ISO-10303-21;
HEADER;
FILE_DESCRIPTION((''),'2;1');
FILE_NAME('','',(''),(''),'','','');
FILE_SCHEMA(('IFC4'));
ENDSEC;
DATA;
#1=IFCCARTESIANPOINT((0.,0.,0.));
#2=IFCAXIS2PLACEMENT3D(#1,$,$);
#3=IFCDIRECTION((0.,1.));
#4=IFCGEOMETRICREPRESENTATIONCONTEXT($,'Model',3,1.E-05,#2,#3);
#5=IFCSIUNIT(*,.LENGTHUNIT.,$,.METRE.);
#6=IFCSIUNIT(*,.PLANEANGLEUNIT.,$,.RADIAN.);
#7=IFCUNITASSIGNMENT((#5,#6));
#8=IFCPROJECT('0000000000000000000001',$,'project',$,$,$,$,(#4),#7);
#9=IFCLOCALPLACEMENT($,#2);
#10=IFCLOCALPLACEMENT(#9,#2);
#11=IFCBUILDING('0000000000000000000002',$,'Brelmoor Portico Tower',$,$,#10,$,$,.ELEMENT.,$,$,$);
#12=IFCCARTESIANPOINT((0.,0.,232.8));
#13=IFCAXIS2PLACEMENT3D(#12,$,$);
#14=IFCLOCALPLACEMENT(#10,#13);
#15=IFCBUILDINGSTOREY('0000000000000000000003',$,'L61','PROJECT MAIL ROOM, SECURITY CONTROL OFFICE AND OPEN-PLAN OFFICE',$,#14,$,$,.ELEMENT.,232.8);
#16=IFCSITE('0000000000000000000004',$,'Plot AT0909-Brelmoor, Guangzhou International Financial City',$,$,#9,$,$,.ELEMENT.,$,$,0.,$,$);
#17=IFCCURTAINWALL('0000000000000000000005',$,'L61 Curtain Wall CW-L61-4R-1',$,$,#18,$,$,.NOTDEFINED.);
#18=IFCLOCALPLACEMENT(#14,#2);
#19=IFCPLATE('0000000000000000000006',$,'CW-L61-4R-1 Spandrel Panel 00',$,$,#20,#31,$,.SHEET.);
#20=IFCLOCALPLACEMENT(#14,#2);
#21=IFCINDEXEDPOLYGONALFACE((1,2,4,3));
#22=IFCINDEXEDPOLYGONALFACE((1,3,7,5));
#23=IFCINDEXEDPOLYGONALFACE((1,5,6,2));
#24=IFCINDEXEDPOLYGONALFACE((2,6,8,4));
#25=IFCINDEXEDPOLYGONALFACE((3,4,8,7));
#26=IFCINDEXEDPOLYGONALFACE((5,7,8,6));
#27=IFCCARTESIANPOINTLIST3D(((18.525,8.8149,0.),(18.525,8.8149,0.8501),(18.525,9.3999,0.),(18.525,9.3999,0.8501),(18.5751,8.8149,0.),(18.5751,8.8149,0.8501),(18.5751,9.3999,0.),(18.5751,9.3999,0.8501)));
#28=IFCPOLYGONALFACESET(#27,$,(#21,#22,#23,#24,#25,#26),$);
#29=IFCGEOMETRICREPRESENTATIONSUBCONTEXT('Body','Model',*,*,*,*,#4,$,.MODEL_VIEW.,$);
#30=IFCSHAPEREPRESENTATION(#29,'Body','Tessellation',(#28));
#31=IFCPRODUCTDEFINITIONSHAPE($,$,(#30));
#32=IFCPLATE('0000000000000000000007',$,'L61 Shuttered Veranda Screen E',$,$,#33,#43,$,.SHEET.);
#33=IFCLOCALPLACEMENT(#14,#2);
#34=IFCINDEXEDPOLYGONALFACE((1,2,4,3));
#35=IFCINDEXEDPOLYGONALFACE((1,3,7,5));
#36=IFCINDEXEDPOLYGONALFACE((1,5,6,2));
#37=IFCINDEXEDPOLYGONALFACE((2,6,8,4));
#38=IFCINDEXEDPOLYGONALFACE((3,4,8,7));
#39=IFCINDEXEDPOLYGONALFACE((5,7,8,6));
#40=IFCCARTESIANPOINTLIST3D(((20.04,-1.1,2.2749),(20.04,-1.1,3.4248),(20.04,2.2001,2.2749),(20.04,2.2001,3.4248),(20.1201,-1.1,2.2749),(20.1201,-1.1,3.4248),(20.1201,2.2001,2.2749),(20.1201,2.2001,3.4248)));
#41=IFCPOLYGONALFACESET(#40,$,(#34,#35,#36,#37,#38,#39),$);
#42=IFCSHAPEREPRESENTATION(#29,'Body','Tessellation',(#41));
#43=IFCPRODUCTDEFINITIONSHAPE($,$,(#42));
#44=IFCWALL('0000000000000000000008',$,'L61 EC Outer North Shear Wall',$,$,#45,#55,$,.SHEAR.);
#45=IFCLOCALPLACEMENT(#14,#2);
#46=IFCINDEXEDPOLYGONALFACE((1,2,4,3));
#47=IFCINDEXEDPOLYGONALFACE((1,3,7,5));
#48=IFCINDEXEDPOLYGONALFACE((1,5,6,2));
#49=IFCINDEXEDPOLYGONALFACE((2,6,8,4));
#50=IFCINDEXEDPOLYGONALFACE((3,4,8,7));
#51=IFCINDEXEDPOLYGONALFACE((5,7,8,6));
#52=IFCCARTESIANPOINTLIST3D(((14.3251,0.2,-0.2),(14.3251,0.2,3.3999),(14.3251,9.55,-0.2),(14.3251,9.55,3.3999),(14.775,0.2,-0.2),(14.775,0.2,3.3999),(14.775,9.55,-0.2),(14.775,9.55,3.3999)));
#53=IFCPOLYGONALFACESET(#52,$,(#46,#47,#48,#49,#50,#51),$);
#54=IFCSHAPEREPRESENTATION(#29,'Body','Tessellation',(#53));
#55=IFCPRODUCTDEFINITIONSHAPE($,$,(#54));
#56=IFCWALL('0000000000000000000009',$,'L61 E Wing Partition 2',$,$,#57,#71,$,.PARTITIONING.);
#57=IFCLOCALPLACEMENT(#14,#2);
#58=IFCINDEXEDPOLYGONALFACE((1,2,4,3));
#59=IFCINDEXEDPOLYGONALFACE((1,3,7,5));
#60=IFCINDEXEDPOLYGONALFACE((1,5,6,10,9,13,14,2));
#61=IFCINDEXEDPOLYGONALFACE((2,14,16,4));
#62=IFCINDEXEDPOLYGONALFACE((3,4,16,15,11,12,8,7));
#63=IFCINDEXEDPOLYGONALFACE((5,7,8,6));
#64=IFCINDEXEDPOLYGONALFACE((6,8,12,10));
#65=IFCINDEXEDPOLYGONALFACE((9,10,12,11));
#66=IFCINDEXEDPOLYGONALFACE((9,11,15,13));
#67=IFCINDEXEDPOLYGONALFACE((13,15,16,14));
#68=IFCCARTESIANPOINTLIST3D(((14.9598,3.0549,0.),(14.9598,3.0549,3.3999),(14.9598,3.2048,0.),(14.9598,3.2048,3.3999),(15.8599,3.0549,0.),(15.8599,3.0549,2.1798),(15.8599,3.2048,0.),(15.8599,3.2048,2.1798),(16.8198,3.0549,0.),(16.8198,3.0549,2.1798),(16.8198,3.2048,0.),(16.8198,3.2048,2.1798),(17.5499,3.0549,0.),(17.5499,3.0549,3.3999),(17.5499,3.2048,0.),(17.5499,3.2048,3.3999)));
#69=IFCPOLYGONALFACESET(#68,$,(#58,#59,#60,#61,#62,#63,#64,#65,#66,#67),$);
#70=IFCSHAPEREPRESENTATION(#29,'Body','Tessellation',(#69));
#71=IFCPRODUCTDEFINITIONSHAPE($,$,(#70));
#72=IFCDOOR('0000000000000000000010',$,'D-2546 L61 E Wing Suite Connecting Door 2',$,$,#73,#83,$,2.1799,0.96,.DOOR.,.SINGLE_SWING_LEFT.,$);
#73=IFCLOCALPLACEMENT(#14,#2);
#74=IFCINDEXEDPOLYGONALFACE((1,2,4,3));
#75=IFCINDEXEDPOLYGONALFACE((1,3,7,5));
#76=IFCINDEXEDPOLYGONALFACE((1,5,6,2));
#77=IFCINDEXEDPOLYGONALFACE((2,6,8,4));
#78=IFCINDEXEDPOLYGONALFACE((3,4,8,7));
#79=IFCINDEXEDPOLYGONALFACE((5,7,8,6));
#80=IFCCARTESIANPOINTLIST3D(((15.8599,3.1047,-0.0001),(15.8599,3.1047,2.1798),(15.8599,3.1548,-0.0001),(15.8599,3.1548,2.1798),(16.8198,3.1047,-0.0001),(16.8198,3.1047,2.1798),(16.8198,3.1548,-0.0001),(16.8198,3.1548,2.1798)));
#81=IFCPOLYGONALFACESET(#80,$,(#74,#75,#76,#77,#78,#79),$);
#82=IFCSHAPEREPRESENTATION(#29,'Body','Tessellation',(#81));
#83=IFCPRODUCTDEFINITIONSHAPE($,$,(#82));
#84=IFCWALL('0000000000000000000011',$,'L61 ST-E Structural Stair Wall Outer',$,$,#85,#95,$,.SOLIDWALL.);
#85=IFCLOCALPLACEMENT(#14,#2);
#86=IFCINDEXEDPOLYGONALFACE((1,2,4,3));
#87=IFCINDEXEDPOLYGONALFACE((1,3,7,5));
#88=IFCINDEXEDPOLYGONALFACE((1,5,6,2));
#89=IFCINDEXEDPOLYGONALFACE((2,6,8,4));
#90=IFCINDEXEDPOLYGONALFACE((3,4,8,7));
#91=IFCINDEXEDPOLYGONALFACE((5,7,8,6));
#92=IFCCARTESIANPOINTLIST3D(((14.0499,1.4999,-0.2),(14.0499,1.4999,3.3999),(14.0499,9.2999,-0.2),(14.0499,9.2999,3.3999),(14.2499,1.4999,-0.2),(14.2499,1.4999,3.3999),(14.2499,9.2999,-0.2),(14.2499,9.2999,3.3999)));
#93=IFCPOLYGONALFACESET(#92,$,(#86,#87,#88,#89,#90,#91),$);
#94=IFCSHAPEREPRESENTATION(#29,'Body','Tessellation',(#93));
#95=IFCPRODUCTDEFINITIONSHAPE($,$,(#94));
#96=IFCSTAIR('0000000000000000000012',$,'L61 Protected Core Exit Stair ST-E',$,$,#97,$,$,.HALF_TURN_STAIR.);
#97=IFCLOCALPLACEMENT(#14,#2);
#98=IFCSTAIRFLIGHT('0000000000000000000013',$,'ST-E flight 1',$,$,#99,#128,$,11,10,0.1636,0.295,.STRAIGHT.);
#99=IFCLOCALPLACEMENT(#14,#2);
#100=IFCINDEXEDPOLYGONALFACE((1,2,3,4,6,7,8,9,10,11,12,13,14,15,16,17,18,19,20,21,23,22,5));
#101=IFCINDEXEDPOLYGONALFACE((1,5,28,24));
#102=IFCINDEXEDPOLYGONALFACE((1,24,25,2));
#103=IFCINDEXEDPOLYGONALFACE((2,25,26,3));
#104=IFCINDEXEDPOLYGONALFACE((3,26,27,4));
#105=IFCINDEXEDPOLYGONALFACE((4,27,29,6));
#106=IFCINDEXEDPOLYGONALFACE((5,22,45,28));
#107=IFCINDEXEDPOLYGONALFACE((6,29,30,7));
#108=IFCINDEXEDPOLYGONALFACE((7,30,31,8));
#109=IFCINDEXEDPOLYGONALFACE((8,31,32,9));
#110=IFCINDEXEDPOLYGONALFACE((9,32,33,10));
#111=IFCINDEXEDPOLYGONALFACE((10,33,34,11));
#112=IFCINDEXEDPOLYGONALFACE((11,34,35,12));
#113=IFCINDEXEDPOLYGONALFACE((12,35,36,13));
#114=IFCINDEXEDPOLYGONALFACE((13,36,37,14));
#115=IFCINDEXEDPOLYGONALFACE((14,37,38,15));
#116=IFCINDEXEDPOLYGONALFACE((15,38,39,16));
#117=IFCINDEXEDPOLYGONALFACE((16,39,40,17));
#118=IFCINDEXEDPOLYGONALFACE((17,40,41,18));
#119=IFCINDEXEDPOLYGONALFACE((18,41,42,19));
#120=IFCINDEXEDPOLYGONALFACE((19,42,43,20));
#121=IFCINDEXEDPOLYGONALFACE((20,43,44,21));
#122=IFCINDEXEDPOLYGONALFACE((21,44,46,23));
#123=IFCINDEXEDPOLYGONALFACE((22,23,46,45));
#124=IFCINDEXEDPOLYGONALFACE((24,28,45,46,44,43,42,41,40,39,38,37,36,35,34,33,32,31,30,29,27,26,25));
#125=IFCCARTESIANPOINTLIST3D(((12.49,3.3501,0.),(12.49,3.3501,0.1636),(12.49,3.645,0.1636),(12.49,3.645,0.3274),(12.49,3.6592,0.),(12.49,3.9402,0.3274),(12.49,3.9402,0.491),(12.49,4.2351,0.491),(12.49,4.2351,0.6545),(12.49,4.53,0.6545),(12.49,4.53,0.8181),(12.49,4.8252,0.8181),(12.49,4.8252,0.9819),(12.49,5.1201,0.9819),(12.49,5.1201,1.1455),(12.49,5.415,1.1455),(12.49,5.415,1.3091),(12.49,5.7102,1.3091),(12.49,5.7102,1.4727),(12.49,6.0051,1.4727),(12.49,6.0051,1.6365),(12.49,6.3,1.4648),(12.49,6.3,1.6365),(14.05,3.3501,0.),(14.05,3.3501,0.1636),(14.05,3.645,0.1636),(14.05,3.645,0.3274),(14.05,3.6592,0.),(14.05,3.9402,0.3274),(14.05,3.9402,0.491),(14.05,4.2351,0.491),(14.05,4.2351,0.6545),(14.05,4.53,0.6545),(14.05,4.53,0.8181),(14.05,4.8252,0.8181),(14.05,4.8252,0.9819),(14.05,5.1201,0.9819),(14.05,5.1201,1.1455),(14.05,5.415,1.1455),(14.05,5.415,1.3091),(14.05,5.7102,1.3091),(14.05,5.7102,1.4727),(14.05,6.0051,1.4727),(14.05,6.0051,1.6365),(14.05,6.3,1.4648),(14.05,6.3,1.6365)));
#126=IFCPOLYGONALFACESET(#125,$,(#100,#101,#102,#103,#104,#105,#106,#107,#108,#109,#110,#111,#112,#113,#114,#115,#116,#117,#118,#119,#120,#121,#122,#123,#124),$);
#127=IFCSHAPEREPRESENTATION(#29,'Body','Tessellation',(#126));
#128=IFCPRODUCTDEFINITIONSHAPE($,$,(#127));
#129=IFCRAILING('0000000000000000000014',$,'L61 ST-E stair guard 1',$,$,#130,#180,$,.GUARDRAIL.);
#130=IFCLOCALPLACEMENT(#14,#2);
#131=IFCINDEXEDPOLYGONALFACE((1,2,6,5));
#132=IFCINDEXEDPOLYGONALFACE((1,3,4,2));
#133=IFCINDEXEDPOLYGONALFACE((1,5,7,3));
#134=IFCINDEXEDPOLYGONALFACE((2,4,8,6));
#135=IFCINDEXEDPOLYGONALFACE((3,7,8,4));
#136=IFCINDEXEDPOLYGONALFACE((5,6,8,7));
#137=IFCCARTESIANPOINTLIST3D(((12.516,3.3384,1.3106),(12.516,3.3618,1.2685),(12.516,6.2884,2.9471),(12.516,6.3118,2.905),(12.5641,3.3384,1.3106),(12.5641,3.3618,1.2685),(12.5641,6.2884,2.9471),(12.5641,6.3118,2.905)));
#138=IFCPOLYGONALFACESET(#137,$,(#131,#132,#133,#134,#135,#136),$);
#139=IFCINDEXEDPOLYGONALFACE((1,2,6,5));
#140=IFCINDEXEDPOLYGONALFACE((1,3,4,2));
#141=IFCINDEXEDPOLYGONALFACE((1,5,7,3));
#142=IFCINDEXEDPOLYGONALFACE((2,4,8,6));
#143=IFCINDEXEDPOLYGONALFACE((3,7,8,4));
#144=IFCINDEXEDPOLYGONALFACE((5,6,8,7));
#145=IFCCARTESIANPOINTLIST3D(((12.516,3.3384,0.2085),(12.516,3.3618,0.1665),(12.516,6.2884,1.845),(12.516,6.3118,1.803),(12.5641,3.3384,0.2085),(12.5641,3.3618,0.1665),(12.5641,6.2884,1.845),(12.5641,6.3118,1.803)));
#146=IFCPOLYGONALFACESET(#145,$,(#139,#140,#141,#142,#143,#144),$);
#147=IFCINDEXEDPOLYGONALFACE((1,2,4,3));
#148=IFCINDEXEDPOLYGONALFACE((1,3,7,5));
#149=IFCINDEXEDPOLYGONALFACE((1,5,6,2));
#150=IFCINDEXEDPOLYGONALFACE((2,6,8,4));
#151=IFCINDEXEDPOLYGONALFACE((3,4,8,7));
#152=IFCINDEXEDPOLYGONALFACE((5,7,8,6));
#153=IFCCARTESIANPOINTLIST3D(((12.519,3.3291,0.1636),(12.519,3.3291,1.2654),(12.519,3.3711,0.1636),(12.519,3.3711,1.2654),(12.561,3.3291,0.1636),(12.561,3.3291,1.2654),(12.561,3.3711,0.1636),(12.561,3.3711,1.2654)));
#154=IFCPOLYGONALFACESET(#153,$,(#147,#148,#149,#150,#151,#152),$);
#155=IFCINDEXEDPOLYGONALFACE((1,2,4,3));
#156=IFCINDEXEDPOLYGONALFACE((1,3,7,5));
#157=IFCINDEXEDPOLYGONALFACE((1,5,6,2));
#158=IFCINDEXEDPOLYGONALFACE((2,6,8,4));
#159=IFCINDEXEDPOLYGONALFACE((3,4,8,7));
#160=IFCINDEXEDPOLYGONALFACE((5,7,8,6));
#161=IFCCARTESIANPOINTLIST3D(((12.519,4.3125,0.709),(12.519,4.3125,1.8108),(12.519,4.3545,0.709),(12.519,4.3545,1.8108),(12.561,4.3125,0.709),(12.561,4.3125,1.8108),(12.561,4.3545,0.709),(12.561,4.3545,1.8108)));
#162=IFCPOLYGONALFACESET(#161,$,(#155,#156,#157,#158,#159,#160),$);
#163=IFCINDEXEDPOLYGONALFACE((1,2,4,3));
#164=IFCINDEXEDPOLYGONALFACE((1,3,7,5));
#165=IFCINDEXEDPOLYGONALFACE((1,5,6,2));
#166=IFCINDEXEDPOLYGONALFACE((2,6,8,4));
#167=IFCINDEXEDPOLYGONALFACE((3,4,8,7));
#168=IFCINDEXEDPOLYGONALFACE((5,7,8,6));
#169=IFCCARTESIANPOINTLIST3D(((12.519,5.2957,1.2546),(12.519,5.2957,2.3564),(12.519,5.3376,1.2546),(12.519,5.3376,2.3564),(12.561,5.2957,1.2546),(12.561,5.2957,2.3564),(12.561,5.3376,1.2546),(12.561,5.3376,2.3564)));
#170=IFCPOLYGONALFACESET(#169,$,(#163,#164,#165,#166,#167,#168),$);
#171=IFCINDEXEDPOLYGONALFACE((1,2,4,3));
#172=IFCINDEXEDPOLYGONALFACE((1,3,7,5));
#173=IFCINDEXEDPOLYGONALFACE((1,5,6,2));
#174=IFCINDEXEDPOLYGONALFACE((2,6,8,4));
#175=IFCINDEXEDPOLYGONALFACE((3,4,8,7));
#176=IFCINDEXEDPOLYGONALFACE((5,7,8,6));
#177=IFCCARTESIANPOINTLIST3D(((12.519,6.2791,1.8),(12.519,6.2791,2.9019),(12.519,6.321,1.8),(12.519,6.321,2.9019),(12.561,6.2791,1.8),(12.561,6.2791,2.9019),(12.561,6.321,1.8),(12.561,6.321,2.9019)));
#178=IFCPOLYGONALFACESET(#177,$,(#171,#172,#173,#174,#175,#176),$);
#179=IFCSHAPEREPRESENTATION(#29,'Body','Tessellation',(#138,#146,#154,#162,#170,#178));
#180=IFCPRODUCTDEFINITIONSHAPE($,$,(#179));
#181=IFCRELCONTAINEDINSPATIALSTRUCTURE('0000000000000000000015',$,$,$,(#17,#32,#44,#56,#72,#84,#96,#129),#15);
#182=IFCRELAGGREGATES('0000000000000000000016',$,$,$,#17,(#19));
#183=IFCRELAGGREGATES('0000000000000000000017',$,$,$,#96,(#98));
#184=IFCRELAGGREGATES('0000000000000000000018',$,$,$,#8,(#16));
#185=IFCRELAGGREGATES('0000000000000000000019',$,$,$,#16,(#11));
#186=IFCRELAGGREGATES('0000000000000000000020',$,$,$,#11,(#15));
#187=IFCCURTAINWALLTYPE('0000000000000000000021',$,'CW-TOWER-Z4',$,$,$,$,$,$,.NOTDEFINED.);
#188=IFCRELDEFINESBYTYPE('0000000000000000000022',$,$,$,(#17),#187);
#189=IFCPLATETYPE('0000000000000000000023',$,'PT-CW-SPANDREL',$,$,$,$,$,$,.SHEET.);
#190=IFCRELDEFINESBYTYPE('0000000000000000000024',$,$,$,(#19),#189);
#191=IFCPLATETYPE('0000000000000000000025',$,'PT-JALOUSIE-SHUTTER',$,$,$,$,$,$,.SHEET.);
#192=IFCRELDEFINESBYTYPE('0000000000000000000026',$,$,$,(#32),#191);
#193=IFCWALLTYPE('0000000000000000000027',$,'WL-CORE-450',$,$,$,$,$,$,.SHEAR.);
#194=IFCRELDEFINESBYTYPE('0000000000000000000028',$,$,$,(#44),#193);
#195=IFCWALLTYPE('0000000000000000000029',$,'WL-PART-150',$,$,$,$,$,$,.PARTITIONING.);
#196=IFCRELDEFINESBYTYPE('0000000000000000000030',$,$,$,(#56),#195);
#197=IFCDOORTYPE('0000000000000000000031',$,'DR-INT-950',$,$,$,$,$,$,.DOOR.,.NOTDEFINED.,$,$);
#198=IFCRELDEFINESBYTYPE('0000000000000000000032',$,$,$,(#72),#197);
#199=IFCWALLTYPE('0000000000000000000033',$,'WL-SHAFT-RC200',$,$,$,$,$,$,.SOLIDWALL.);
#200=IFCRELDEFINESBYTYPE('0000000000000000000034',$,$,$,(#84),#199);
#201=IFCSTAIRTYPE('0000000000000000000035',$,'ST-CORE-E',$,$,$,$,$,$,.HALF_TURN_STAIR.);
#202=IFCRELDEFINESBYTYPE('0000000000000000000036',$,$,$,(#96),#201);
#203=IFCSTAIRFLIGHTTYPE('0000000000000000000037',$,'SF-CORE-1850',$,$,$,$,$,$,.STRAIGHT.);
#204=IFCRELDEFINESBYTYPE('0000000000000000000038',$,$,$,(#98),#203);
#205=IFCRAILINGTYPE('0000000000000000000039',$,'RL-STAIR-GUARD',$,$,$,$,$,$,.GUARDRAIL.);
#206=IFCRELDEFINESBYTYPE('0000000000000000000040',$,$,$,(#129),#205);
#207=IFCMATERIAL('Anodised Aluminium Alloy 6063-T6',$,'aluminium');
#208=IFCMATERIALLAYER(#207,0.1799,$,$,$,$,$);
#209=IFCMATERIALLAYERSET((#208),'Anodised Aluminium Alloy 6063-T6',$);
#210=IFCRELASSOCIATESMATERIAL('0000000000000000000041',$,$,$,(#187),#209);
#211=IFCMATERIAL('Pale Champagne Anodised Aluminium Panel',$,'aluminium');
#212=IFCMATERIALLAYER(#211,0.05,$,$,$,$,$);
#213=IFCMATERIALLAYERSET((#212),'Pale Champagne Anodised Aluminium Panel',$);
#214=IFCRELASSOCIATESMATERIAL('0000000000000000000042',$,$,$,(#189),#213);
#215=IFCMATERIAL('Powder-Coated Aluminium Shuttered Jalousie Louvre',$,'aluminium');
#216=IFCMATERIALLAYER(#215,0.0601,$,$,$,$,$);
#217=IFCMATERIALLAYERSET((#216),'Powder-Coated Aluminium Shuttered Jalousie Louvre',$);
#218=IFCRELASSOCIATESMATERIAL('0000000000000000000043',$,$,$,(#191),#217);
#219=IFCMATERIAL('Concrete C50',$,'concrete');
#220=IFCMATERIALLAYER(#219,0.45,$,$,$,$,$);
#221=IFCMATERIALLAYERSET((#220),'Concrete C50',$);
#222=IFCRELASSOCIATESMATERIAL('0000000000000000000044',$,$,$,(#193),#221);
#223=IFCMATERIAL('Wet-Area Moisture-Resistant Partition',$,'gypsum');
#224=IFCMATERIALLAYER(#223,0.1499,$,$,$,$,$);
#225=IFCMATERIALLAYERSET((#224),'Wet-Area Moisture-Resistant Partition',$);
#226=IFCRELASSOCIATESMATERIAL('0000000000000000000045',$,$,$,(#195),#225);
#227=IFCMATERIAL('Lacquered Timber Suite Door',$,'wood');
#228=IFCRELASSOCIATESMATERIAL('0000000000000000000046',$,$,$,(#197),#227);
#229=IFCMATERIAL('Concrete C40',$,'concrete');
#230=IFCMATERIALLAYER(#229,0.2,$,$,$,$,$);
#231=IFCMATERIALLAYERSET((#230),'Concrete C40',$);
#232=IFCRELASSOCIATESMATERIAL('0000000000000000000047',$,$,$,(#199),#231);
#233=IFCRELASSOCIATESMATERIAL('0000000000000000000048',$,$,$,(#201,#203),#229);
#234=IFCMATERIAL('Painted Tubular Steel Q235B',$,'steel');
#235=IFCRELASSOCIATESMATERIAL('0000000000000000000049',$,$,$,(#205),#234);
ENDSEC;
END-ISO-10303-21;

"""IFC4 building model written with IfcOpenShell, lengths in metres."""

from ifc_helpers import new_model, si_unit, direction, frame, frame_2d, origin, origin_2d, place, context, subcontext, project, spatial, polyline, rectangle, outline, extrude, material, layer, layer_set, type_object, element, fill, aggregate, save


model = new_model("IFC4")

# Units and contexts
model_context = context("Model", 3, precision=1e-05, world=origin(), true_north=direction((0.0, 1.0)))
body_context = subcontext(model_context, "Body", "Model", "MODEL_VIEW")
ifc_project = project(units=[si_unit("LENGTHUNIT", "METRE"), si_unit("PLANEANGLEUNIT", "RADIAN")], contexts=[model_context])

# Site, building, storey
site_placement = place(None, origin())
site = spatial("IfcSite", under=ifc_project, at=site_placement, Name="Plot AT0909-Brelmoor, Guangzhou International Financial City", CompositionType="ELEMENT", RefElevation=0.0)
building_placement = place(site_placement, origin())
building = spatial("IfcBuilding", under=site, at=building_placement, Name="Brelmoor Portico Tower", CompositionType="ELEMENT")
storey_placement = place(building_placement, frame((0.0, 0.0, 232.8)))
storey = spatial("IfcBuildingStorey", under=building, at=storey_placement, Name="L61", Description="PROJECT MAIL ROOM, SECURITY CONTROL OFFICE AND OPEN-PLAN OFFICE", CompositionType="ELEMENT", Elevation=232.8)

# Curtain wall
ifc_material_1 = material(Name="Anodised Aluminium Alloy 6063-T6", Category="aluminium")
ifc_layer_1 = layer(ifc_material_1, 0.1799)
ifc_layer_set_1 = layer_set([ifc_layer_1], Name="Anodised Aluminium Alloy 6063-T6")
curtain_wall_type = type_object("IfcCurtainWallType", Name="CW-TOWER-Z4", PredefinedType="NOTDEFINED", material=ifc_layer_set_1)
curtain_wall_placement = place(storey_placement, origin())
curtain_wall = element("IfcCurtainWall", 1, at=curtain_wall_placement, inside=storey, type_object=curtain_wall_type, Name="L61 Curtain Wall CW-L61-4R-1", PredefinedType="NOTDEFINED")

# Plates
ifc_material_2 = material(Name="Pale Champagne Anodised Aluminium Panel", Category="aluminium")
ifc_layer_2 = layer(ifc_material_2, 0.05)
ifc_layer_set_2 = layer_set([ifc_layer_2], Name="Pale Champagne Anodised Aluminium Panel")
plate_type_1 = type_object("IfcPlateType", Name="PT-CW-SPANDREL", PredefinedType="SHEET", material=ifc_layer_set_2)
plate_1_placement = place(storey_placement, frame((18.55, 9.1074, 0.0), z_axis=(0.0, 0.0, 1.0), x_axis=(0.0, 1.0, 0.0)))
plate_1 = element("IfcPlate", 2, at=plate_1_placement, type_object=plate_type_1, Name="CW-L61-4R-1 Spandrel Panel 00", PredefinedType="SHEET", context=body_context, shape_type="SweptSolid", body=[
    extrude(rectangle(XDim=0.585, YDim=0.05, at=origin_2d()), origin(), (0.0, 0.0, 1.0), 0.8501),
])
aggregate(curtain_wall, [plate_1])
ifc_material_3 = material(Name="Powder-Coated Aluminium Shuttered Jalousie Louvre", Category="aluminium")
ifc_layer_3 = layer(ifc_material_3, 0.0601)
ifc_layer_set_3 = layer_set([ifc_layer_3], Name="Powder-Coated Aluminium Shuttered Jalousie Louvre")
plate_type_2 = type_object("IfcPlateType", Name="PT-JALOUSIE-SHUTTER", PredefinedType="SHEET", material=ifc_layer_set_3)
plate_2_placement = place(storey_placement, frame((20.0801, 0.55, 2.2749), z_axis=(0.0, 0.0, 1.0), x_axis=(0.0, 1.0, 0.0)))
element("IfcPlate", 3, at=plate_2_placement, inside=storey, type_object=plate_type_2, Name="L61 Shuttered Veranda Screen E", PredefinedType="SHEET", context=body_context, shape_type="SweptSolid", body=[
    extrude(rectangle(XDim=3.3, YDim=0.0801, at=origin_2d()), origin(), (0.0, 0.0, 1.0), 1.1499),
])

# Wall
ifc_material_4 = material(Name="Concrete C50", Category="concrete")
ifc_layer_4 = layer(ifc_material_4, 0.45)
ifc_layer_set_4 = layer_set([ifc_layer_4], Name="Concrete C50")
wall_type_1 = type_object("IfcWallType", Name="WL-CORE-450", PredefinedType="SHEAR", material=ifc_layer_set_4)
wall_1_placement = place(storey_placement, frame((14.55, 0.2, -0.2), z_axis=(0.0, 0.0, 1.0), x_axis=(0.0, 1.0, 0.0)))
element("IfcWall", 4, at=wall_1_placement, inside=storey, type_object=wall_type_1, Name="L61 EC Outer North Shear Wall", PredefinedType="SHEAR", context=body_context, shape_type="SweptSolid", body=[
    extrude(rectangle(XDim=9.3501, YDim=0.45, at=frame_2d((4.675, 0.0))), origin(), (0.0, 0.0, 1.0), 3.5999),
])

# Wall, opening, door
ifc_material_5 = material(Name="Wet-Area Moisture-Resistant Partition", Category="gypsum")
ifc_layer_5 = layer(ifc_material_5, 0.1499)
ifc_layer_set_5 = layer_set([ifc_layer_5], Name="Wet-Area Moisture-Resistant Partition")
wall_type_2 = type_object("IfcWallType", Name="WL-PART-150", PredefinedType="PARTITIONING", material=ifc_layer_set_5)
wall_2_placement = place(storey_placement, frame((14.96, 3.1299, 0.0), z_axis=(0.0, 0.0, 1.0), x_axis=(1.0, 0.0, 0.0)))
wall_2 = element("IfcWall", 5, at=wall_2_placement, inside=storey, type_object=wall_type_2, Name="L61 E Wing Partition 2", PredefinedType="PARTITIONING", context=body_context, shape_type="SweptSolid", body=[
    extrude(rectangle(XDim=2.5901, YDim=0.1499, at=frame_2d((1.2949, 0.0))), origin(), (0.0, 0.0, 1.0), 3.3999),
])
opening_placement = place(wall_2_placement, frame((0.8999, 0.0, 0.0)))
opening = element("IfcOpeningElement", 6, at=opening_placement, cuts=wall_2, PredefinedType="OPENING", context=body_context, shape_type="SweptSolid", body=[
    extrude(rectangle(XDim=0.96, YDim=2.1799, at=frame_2d((0.48, 1.0898))), frame((0.0, 0.085, 0.0), z_axis=(0.0, -1.0, 0.0), x_axis=(1.0, 0.0, 0.0)), (0.0, 0.0, 1.0), 0.1699),
])
ifc_material_6 = material(Name="Lacquered Timber Suite Door", Category="wood")
door_type = type_object("IfcDoorType", Name="DR-INT-950", OperationType="NOTDEFINED", PredefinedType="DOOR", material=ifc_material_6)
door_placement = place(opening_placement, origin())
door = element("IfcDoor", 7, at=door_placement, inside=storey, type_object=door_type, Name="D-2546 L61 E Wing Suite Connecting Door 2", OperationType="SINGLE_SWING_LEFT", OverallHeight=2.1799, OverallWidth=0.96, PredefinedType="DOOR", context=body_context, shape_type="SweptSolid", body=[
    extrude(rectangle(XDim=0.96, YDim=2.1799, at=frame_2d((0.48, 1.0898))), frame((0.0, 0.0249, 0.0), z_axis=(0.0, -1.0, 0.0), x_axis=(1.0, 0.0, 0.0)), (0.0, 0.0, 1.0), 0.05),
])
fill(opening, door)

# Wall
ifc_material_7 = material(Name="Concrete C40", Category="concrete")
ifc_layer_6 = layer(ifc_material_7, 0.2)
ifc_layer_set_6 = layer_set([ifc_layer_6], Name="Concrete C40")
wall_type_3 = type_object("IfcWallType", Name="WL-SHAFT-RC200", PredefinedType="SOLIDWALL", material=ifc_layer_set_6)
wall_3_placement = place(storey_placement, frame((14.1499, 1.5, -0.2), z_axis=(0.0, 0.0, 1.0), x_axis=(0.0, 1.0, 0.0)))
element("IfcWall", 8, at=wall_3_placement, inside=storey, type_object=wall_type_3, Name="L61 ST-E Structural Stair Wall Outer", PredefinedType="SOLIDWALL", context=body_context, shape_type="SweptSolid", body=[
    extrude(rectangle(XDim=7.8, YDim=0.2, at=frame_2d((3.8999, 0.0))), origin(), (0.0, 0.0, 1.0), 3.5999),
])

# Stair, stair flight
stair_type = type_object("IfcStairType", Name="ST-CORE-E", PredefinedType="HALF_TURN_STAIR", material=ifc_material_7)
stair_placement = place(storey_placement, origin())
stair = element("IfcStair", 9, at=stair_placement, inside=storey, type_object=stair_type, Name="L61 Protected Core Exit Stair ST-E", PredefinedType="HALF_TURN_STAIR")
stair_flight_type = type_object("IfcStairFlightType", Name="SF-CORE-1850", PredefinedType="STRAIGHT", material=ifc_material_7)
stair_flight_placement = place(storey_placement, frame((13.27, 3.3501, 0.0), z_axis=(0.0, 0.0, 1.0), x_axis=(0.0, 1.0, 0.0)))
stair_flight = element("IfcStairFlight", 10, at=stair_flight_placement, type_object=stair_flight_type, Name="ST-E flight 1", NumberOfRisers=11, NumberOfTreads=10, PredefinedType="STRAIGHT", RiserHeight=0.1636, TreadLength=0.295, context=body_context, shape_type="SweptSolid", body=[
    extrude(outline(polyline([(0.0, 0.0), (0.0, 0.1636), (0.2949, 0.1636), (0.2949, 0.3274), (0.5901, 0.3274), (0.5901, 0.491), (0.885, 0.491), (0.885, 0.6545), (1.1799, 0.6545), (1.1799, 0.8181), (1.4751, 0.8181), (1.4751, 0.9819), (1.77, 0.9819), (1.77, 1.1455), (2.0649, 1.1455), (2.0649, 1.3091), (2.3601, 1.3091), (2.3601, 1.4727), (2.655, 1.4727), (2.655, 1.6365), (2.95, 1.6365), (2.95, 1.8), (2.95, 1.4648), (0.3091, 0.0), (0.0, 0.0)])), frame((0.0, 0.78, 0.0), z_axis=(0.0, -1.0, 0.0), x_axis=(1.0, 0.0, 0.0)), (0.0, 0.0, 1.0), 1.5601),
])
aggregate(stair, [stair_flight])

# Railing
ifc_material_8 = material(Name="Painted Tubular Steel Q235B", Category="steel")
railing_type_1 = type_object("IfcRailingType", Name="RL-STAIR-GUARD", PredefinedType="GUARDRAIL", material=ifc_material_8)
railing_1_placement = place(storey_placement, frame((12.54, 3.3501, 0.1636)))
element("IfcRailing", 11, at=railing_1_placement, inside=storey, type_object=railing_type_1, Name="L61 ST-E stair guard 1", PredefinedType="GUARDRAIL", context=body_context, shape_type="SweptSolid", body=[
    extrude(rectangle(XDim=0.0481, YDim=0.0481, at=origin_2d()), frame((0.0, 0.0, 1.126), z_axis=(0.0, 0.874458, 0.485102), x_axis=(-1.0, 0.0, 0.0)), (0.0, 0.0, 1.0), 3.3735),
    extrude(rectangle(XDim=0.0481, YDim=0.0481, at=origin_2d()), frame((0.0, 0.0, 0.0239), z_axis=(0.0, 0.874458, 0.485102), x_axis=(-1.0, 0.0, 0.0)), (0.0, 0.0, 1.0), 3.3735),
    extrude(rectangle(XDim=0.042, YDim=0.042, at=origin_2d()), origin(), (0.0, 0.0, 1.0), 1.1018),
    extrude(rectangle(XDim=0.042, YDim=0.042, at=origin_2d()), frame((0.0, 0.9834, 0.5454)), (0.0, 0.0, 1.0), 1.1018),
    extrude(rectangle(XDim=0.042, YDim=0.042, at=origin_2d()), frame((0.0, 1.9666, 1.0911)), (0.0, 0.0, 1.0), 1.1018),
    extrude(rectangle(XDim=0.042, YDim=0.042, at=origin_2d()), frame((0.0, 2.95, 1.6365)), (0.0, 0.0, 1.0), 1.1018),
])

save(model, "model.ifc")
